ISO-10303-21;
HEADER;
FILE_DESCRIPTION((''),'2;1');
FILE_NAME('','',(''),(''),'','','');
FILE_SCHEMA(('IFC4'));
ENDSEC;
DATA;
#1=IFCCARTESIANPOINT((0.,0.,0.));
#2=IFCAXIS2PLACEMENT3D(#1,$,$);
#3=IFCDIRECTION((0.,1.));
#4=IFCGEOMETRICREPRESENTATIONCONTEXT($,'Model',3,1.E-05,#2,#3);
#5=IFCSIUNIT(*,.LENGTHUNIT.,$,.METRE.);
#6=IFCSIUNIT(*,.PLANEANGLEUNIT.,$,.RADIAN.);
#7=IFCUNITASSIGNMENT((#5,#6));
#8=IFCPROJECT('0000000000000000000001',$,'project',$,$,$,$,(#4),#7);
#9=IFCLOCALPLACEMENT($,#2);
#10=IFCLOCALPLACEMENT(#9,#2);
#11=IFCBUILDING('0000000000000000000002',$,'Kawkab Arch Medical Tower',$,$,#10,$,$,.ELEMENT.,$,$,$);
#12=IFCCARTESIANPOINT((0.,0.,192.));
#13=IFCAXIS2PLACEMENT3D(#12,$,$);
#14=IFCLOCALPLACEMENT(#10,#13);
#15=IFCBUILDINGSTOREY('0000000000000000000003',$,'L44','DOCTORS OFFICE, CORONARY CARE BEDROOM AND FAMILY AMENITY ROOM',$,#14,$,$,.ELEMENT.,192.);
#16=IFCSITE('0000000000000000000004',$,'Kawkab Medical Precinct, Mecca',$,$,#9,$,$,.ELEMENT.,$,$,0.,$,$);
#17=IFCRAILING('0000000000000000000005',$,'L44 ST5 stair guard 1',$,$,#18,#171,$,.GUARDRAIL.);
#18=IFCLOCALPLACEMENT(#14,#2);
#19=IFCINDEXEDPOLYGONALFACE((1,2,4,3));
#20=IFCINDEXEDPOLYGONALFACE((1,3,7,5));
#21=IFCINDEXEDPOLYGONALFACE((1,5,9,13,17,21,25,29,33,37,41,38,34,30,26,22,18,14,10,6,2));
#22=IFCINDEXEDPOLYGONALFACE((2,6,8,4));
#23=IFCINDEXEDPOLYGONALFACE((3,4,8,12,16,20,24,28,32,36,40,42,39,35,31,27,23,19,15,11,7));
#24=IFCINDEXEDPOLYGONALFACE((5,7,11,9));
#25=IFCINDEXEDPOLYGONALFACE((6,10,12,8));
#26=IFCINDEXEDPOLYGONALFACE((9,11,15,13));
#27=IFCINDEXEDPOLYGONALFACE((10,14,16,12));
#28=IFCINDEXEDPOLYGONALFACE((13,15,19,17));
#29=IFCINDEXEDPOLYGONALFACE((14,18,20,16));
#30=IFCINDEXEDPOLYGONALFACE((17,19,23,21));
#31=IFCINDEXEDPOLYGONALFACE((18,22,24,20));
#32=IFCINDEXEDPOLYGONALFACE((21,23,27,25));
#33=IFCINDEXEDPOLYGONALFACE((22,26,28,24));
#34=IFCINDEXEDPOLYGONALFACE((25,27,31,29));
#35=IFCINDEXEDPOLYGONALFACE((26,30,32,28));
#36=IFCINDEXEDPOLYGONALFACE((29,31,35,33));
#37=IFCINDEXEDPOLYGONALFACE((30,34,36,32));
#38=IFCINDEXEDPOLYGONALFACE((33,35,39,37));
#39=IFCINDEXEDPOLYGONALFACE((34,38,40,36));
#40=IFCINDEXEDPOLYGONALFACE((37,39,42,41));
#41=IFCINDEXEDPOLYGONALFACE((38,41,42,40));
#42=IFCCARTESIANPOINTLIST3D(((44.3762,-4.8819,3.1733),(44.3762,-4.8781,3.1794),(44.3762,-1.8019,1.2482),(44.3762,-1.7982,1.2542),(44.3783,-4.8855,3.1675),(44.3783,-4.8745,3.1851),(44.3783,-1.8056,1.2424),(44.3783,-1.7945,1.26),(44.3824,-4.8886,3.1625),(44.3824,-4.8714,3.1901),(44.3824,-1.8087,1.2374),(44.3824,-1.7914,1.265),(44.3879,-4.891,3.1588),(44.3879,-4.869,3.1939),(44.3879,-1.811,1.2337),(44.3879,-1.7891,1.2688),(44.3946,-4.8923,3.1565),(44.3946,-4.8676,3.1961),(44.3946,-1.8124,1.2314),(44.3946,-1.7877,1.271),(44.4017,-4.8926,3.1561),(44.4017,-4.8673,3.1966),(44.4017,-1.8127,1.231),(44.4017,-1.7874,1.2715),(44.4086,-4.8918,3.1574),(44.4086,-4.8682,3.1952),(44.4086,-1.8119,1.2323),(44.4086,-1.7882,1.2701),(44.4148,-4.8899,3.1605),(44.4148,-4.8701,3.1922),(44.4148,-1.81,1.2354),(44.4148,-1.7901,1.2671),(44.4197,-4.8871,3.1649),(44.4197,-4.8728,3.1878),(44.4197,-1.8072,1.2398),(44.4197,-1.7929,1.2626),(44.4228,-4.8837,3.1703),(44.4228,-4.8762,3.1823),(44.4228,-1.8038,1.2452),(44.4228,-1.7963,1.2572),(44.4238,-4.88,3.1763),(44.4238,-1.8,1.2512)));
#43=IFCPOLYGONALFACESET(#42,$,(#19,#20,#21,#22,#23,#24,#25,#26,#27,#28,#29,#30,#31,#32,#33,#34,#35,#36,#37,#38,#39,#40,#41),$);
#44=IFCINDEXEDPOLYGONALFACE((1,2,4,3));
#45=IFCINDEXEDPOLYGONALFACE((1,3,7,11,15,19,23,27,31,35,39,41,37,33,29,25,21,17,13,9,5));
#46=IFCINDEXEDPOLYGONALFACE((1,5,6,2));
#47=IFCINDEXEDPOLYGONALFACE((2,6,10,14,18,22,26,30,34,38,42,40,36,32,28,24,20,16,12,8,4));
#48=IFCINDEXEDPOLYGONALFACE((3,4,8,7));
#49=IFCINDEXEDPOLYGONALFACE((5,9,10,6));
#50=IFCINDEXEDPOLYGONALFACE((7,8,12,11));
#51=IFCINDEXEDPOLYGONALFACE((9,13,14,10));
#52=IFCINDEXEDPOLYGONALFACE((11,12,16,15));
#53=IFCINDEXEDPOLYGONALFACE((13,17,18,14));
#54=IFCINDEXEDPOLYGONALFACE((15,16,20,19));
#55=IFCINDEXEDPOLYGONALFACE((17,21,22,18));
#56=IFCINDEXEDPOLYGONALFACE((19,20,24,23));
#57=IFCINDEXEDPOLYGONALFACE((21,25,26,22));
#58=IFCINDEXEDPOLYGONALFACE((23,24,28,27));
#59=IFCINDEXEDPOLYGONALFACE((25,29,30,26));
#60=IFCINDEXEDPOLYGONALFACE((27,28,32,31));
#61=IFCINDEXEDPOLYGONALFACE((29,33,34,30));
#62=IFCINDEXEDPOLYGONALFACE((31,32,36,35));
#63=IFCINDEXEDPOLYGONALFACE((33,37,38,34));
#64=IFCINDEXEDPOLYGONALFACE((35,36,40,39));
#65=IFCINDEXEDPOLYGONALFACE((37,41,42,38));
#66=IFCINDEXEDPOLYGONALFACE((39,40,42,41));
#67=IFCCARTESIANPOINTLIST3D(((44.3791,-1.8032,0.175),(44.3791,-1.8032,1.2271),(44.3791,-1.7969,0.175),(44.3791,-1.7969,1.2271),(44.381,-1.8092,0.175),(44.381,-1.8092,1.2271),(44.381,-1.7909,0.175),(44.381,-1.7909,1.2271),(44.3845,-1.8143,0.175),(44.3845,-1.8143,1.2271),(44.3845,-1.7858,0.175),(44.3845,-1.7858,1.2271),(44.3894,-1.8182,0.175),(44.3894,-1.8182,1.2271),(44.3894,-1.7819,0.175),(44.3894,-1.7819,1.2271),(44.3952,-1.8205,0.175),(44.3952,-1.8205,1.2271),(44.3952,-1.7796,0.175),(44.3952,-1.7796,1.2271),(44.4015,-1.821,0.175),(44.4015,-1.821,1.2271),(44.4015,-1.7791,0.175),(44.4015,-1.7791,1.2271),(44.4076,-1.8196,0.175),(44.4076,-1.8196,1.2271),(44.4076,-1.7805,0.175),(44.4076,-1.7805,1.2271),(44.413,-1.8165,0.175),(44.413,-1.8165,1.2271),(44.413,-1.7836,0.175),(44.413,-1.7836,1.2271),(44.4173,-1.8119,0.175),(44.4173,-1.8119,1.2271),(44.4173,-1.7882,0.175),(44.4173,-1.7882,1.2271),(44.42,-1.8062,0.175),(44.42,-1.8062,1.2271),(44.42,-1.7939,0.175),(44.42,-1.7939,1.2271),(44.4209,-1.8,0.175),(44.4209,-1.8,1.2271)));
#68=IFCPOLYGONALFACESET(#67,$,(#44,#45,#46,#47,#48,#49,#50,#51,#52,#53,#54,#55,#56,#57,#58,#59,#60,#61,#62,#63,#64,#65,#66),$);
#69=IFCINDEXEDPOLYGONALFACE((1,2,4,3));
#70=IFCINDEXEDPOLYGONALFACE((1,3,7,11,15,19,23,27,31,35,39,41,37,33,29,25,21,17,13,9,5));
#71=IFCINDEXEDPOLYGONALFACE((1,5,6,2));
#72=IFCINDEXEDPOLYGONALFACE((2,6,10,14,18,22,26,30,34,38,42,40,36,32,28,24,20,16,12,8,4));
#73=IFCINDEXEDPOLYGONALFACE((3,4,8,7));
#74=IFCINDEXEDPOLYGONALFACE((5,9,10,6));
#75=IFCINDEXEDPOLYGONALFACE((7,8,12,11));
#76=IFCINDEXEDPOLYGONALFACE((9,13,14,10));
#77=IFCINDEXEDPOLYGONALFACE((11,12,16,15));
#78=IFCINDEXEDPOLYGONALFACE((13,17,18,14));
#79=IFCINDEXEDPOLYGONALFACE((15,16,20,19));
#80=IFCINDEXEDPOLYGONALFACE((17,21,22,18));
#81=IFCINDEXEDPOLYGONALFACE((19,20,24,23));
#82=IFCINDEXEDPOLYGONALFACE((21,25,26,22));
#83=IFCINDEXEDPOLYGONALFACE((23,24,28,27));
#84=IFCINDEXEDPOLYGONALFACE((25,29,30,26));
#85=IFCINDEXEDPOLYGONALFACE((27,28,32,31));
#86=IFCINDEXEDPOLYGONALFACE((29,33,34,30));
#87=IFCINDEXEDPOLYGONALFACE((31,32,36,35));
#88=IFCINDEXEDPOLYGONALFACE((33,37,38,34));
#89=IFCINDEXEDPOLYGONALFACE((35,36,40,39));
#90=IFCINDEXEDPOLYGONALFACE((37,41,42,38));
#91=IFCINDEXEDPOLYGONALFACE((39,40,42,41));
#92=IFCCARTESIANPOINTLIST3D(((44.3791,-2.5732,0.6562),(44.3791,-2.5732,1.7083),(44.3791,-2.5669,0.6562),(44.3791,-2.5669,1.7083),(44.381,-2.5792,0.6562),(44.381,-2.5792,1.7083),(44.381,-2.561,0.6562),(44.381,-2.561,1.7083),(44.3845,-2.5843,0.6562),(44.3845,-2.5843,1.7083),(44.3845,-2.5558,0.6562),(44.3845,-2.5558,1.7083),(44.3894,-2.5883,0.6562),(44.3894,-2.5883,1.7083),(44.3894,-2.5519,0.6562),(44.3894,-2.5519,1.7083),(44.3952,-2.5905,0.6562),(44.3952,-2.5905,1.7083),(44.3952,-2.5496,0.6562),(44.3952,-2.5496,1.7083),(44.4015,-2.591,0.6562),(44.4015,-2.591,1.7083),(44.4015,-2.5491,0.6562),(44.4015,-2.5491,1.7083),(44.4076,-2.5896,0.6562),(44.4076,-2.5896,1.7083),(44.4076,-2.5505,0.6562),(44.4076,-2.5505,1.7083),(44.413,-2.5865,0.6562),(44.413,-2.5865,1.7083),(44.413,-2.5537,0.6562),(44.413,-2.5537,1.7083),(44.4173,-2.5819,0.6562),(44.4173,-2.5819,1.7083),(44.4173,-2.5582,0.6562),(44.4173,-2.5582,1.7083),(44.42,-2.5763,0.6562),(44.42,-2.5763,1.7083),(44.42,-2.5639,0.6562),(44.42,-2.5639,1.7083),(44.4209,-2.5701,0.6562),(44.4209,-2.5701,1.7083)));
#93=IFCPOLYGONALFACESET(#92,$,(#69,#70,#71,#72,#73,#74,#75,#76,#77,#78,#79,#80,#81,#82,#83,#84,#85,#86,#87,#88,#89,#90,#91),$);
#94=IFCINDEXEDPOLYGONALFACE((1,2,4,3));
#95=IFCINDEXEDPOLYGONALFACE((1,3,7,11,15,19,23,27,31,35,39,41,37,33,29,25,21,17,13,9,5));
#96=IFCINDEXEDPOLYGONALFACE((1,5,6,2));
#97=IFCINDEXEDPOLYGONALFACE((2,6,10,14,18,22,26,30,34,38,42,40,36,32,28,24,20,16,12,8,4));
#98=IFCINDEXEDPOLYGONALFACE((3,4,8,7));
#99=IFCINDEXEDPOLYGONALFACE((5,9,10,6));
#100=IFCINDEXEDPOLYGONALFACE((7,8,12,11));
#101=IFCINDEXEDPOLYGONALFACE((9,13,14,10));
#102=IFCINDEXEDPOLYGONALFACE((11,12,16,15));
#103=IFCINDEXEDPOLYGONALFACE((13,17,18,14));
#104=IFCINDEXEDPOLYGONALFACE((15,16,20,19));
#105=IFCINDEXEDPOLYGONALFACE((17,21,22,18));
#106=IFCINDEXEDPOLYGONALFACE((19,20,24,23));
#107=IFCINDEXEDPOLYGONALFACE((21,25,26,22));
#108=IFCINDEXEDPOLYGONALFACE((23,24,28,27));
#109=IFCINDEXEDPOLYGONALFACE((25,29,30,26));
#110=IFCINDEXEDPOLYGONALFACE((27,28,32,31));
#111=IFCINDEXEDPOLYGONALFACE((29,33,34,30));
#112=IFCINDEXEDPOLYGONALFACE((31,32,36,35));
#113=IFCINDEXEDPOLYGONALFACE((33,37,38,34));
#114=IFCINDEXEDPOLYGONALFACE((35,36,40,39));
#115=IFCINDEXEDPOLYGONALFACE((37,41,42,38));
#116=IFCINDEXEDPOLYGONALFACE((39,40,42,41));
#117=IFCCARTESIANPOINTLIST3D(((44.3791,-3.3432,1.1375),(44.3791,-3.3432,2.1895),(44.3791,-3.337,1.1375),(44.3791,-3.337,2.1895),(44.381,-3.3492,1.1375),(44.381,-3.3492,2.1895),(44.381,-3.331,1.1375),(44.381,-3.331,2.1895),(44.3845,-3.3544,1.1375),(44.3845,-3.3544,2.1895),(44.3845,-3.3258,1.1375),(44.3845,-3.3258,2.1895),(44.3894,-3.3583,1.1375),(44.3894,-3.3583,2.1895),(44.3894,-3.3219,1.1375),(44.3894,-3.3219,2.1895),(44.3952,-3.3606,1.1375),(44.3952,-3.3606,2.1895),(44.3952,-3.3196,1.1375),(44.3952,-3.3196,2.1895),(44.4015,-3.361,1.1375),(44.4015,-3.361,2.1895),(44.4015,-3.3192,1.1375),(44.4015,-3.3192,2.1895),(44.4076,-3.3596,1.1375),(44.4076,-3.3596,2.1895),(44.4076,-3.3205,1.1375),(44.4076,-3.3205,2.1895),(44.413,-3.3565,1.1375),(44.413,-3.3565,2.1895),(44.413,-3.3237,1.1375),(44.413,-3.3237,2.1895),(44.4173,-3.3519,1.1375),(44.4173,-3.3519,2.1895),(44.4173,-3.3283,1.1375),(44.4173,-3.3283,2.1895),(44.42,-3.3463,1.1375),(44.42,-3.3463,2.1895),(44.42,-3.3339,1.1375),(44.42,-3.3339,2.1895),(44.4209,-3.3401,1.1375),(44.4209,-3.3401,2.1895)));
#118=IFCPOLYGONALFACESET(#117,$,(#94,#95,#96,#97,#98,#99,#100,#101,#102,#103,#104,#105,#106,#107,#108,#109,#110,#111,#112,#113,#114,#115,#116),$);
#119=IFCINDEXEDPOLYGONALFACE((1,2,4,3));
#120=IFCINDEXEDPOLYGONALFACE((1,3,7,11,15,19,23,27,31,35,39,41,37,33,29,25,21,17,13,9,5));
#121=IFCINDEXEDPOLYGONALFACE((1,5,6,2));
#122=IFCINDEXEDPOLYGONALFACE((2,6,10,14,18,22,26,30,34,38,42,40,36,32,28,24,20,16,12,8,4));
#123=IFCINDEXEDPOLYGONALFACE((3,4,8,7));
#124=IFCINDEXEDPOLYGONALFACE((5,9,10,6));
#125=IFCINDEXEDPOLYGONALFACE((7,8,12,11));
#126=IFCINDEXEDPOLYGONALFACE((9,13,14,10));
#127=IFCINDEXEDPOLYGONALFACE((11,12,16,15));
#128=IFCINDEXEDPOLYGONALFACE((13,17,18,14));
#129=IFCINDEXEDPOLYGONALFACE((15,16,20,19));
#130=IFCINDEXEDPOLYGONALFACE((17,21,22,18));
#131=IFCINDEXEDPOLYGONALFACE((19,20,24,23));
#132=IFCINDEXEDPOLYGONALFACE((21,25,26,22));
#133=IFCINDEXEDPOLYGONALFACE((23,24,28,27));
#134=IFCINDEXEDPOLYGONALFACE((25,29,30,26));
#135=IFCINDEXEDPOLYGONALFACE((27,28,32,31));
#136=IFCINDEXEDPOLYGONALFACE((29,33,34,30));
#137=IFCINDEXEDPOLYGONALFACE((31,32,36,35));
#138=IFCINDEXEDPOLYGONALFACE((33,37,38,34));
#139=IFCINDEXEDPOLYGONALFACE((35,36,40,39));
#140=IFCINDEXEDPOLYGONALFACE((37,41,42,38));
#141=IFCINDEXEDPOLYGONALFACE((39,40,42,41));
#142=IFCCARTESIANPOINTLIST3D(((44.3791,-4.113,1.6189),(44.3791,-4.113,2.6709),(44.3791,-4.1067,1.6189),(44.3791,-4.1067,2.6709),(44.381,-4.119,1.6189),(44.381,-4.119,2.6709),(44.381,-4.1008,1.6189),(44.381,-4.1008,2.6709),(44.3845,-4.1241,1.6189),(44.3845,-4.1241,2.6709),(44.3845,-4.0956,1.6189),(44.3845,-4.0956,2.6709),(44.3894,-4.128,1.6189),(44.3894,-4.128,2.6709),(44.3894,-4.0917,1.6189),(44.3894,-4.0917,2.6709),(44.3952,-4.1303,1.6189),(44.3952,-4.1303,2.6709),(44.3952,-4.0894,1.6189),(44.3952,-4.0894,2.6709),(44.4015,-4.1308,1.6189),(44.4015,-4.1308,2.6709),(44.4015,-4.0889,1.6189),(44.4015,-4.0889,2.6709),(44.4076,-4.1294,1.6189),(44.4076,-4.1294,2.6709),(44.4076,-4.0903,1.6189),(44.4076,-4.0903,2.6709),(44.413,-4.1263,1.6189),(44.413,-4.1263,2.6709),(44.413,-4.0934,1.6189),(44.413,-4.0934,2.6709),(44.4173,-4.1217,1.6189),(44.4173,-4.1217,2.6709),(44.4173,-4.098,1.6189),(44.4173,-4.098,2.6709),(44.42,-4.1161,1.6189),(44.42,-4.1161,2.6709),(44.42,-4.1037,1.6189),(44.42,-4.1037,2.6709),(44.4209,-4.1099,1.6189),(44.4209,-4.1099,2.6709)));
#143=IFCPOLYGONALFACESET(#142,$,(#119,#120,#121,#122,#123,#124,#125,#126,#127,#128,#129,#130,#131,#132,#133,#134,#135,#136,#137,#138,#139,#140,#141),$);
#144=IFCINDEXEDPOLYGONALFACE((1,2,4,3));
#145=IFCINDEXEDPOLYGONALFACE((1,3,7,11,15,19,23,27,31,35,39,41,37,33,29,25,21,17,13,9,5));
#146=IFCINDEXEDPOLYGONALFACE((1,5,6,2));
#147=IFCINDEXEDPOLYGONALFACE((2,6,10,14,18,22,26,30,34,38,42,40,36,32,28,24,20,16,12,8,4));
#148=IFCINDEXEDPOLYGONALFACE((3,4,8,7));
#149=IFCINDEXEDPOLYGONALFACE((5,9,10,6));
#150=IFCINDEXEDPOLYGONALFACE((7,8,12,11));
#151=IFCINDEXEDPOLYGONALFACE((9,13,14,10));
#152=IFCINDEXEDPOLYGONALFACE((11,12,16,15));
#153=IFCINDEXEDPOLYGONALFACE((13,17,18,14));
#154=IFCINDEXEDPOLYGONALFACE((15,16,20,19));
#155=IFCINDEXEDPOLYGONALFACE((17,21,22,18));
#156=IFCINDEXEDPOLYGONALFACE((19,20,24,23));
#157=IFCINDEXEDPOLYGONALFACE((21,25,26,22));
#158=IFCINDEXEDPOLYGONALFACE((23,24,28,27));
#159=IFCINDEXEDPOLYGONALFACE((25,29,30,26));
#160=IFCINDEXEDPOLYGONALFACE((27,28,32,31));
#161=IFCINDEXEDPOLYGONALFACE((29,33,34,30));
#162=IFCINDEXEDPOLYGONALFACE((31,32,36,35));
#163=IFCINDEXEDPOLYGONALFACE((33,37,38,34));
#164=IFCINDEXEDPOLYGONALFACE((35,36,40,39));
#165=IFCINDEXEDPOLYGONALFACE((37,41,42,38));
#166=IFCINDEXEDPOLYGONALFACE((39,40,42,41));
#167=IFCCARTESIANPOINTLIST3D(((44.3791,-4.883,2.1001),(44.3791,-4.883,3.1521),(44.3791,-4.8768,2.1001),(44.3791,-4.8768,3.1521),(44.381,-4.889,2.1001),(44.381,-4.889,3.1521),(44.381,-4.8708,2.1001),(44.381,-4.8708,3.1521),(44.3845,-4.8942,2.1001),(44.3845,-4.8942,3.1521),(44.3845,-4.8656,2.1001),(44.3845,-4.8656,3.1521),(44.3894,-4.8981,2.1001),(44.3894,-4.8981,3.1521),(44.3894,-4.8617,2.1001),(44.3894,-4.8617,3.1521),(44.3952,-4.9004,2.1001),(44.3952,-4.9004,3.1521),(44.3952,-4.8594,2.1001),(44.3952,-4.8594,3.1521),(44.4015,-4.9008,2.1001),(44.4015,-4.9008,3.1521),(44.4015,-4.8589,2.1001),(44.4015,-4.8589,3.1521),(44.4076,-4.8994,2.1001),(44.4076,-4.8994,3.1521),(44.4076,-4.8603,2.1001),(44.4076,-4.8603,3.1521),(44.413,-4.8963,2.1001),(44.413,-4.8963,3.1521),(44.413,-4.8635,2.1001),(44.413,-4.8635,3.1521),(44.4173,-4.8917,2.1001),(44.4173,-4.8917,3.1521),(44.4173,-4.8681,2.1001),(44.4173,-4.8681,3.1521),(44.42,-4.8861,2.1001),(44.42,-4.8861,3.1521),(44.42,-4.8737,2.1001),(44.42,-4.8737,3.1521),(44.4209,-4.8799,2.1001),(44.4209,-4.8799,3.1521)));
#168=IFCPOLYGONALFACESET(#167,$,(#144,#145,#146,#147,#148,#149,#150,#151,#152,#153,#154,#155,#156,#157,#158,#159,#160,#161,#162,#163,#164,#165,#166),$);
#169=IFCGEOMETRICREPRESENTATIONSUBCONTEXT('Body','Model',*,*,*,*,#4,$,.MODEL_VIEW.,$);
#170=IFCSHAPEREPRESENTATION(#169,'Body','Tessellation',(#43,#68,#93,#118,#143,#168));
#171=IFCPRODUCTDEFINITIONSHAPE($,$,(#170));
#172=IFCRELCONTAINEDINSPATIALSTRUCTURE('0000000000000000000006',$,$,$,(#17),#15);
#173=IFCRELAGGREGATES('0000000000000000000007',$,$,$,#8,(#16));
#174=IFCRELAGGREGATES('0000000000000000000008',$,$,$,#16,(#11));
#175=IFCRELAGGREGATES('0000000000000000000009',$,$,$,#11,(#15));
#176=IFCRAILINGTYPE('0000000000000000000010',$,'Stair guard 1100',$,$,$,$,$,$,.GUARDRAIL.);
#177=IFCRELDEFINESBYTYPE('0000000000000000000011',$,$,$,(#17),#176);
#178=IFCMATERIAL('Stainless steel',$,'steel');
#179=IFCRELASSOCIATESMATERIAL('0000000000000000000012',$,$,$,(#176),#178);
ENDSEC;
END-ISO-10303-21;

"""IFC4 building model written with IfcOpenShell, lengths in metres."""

from ifc_helpers import new_model, si_unit, direction, frame, origin, origin_2d, place, context, subcontext, project, spatial, circle, extrude, material, type_object, element, save


model = new_model("IFC4")

# Units and contexts
model_context = context("Model", 3, precision=1e-05, world=origin(), true_north=direction((0.0, 1.0)))
body_context = subcontext(model_context, "Body", "Model", "MODEL_VIEW")
ifc_project = project(units=[si_unit("LENGTHUNIT", "METRE"), si_unit("PLANEANGLEUNIT", "RADIAN")], contexts=[model_context])

# Site, building, storey
site_placement = place(None, origin())
site = spatial("IfcSite", under=ifc_project, at=site_placement, Name="Kawkab Medical Precinct, Mecca", CompositionType="ELEMENT", RefElevation=0.0)
building_placement = place(site_placement, origin())
building = spatial("IfcBuilding", under=site, at=building_placement, Name="Kawkab Arch Medical Tower", CompositionType="ELEMENT")
storey_placement = place(building_placement, frame((0.0, 0.0, 192.0)))
storey = spatial("IfcBuildingStorey", under=building, at=storey_placement, Name="L44", Description="DOCTORS OFFICE, CORONARY CARE BEDROOM AND FAMILY AMENITY ROOM", CompositionType="ELEMENT", Elevation=192.0)

# Railing
ifc_material_1 = material(Name="Stainless steel", Category="steel")
railing_type = type_object("IfcRailingType", Name="Stair guard 1100", PredefinedType="GUARDRAIL", material=ifc_material_1)
railing_placement = place(storey_placement, frame((44.3999, -1.8, 0.175)))
element("IfcRailing", 1, at=railing_placement, inside=storey, type_object=railing_type, Name="L44 ST5 stair guard 1", PredefinedType="GUARDRAIL", context=body_context, shape_type="SweptSolid", body=[
    extrude(circle(Radius=0.0239, at=origin_2d()), frame((0.0, 0.0, 1.0762), z_axis=(0.0, -0.847979, 0.530029), x_axis=(1.0, 0.0, 0.0)), (0.0, 0.0, 1.0), 3.6321),
    extrude(circle(Radius=0.021, at=origin_2d()), origin(), (0.0, 0.0, 1.0), 1.052),
    extrude(circle(Radius=0.021, at=origin_2d()), frame((0.0, -0.77, 0.4812)), (0.0, 0.0, 1.0), 1.052),
    extrude(circle(Radius=0.021, at=origin_2d()), frame((0.0, -1.54, 0.9624)), (0.0, 0.0, 1.0), 1.052),
    extrude(circle(Radius=0.021, at=origin_2d()), frame((0.0, -2.3098, 1.4438)), (0.0, 0.0, 1.0), 1.052),
    extrude(circle(Radius=0.021, at=origin_2d()), frame((0.0, -3.0798, 1.925)), (0.0, 0.0, 1.0), 1.052),
])

save(model, "model.ifc")
